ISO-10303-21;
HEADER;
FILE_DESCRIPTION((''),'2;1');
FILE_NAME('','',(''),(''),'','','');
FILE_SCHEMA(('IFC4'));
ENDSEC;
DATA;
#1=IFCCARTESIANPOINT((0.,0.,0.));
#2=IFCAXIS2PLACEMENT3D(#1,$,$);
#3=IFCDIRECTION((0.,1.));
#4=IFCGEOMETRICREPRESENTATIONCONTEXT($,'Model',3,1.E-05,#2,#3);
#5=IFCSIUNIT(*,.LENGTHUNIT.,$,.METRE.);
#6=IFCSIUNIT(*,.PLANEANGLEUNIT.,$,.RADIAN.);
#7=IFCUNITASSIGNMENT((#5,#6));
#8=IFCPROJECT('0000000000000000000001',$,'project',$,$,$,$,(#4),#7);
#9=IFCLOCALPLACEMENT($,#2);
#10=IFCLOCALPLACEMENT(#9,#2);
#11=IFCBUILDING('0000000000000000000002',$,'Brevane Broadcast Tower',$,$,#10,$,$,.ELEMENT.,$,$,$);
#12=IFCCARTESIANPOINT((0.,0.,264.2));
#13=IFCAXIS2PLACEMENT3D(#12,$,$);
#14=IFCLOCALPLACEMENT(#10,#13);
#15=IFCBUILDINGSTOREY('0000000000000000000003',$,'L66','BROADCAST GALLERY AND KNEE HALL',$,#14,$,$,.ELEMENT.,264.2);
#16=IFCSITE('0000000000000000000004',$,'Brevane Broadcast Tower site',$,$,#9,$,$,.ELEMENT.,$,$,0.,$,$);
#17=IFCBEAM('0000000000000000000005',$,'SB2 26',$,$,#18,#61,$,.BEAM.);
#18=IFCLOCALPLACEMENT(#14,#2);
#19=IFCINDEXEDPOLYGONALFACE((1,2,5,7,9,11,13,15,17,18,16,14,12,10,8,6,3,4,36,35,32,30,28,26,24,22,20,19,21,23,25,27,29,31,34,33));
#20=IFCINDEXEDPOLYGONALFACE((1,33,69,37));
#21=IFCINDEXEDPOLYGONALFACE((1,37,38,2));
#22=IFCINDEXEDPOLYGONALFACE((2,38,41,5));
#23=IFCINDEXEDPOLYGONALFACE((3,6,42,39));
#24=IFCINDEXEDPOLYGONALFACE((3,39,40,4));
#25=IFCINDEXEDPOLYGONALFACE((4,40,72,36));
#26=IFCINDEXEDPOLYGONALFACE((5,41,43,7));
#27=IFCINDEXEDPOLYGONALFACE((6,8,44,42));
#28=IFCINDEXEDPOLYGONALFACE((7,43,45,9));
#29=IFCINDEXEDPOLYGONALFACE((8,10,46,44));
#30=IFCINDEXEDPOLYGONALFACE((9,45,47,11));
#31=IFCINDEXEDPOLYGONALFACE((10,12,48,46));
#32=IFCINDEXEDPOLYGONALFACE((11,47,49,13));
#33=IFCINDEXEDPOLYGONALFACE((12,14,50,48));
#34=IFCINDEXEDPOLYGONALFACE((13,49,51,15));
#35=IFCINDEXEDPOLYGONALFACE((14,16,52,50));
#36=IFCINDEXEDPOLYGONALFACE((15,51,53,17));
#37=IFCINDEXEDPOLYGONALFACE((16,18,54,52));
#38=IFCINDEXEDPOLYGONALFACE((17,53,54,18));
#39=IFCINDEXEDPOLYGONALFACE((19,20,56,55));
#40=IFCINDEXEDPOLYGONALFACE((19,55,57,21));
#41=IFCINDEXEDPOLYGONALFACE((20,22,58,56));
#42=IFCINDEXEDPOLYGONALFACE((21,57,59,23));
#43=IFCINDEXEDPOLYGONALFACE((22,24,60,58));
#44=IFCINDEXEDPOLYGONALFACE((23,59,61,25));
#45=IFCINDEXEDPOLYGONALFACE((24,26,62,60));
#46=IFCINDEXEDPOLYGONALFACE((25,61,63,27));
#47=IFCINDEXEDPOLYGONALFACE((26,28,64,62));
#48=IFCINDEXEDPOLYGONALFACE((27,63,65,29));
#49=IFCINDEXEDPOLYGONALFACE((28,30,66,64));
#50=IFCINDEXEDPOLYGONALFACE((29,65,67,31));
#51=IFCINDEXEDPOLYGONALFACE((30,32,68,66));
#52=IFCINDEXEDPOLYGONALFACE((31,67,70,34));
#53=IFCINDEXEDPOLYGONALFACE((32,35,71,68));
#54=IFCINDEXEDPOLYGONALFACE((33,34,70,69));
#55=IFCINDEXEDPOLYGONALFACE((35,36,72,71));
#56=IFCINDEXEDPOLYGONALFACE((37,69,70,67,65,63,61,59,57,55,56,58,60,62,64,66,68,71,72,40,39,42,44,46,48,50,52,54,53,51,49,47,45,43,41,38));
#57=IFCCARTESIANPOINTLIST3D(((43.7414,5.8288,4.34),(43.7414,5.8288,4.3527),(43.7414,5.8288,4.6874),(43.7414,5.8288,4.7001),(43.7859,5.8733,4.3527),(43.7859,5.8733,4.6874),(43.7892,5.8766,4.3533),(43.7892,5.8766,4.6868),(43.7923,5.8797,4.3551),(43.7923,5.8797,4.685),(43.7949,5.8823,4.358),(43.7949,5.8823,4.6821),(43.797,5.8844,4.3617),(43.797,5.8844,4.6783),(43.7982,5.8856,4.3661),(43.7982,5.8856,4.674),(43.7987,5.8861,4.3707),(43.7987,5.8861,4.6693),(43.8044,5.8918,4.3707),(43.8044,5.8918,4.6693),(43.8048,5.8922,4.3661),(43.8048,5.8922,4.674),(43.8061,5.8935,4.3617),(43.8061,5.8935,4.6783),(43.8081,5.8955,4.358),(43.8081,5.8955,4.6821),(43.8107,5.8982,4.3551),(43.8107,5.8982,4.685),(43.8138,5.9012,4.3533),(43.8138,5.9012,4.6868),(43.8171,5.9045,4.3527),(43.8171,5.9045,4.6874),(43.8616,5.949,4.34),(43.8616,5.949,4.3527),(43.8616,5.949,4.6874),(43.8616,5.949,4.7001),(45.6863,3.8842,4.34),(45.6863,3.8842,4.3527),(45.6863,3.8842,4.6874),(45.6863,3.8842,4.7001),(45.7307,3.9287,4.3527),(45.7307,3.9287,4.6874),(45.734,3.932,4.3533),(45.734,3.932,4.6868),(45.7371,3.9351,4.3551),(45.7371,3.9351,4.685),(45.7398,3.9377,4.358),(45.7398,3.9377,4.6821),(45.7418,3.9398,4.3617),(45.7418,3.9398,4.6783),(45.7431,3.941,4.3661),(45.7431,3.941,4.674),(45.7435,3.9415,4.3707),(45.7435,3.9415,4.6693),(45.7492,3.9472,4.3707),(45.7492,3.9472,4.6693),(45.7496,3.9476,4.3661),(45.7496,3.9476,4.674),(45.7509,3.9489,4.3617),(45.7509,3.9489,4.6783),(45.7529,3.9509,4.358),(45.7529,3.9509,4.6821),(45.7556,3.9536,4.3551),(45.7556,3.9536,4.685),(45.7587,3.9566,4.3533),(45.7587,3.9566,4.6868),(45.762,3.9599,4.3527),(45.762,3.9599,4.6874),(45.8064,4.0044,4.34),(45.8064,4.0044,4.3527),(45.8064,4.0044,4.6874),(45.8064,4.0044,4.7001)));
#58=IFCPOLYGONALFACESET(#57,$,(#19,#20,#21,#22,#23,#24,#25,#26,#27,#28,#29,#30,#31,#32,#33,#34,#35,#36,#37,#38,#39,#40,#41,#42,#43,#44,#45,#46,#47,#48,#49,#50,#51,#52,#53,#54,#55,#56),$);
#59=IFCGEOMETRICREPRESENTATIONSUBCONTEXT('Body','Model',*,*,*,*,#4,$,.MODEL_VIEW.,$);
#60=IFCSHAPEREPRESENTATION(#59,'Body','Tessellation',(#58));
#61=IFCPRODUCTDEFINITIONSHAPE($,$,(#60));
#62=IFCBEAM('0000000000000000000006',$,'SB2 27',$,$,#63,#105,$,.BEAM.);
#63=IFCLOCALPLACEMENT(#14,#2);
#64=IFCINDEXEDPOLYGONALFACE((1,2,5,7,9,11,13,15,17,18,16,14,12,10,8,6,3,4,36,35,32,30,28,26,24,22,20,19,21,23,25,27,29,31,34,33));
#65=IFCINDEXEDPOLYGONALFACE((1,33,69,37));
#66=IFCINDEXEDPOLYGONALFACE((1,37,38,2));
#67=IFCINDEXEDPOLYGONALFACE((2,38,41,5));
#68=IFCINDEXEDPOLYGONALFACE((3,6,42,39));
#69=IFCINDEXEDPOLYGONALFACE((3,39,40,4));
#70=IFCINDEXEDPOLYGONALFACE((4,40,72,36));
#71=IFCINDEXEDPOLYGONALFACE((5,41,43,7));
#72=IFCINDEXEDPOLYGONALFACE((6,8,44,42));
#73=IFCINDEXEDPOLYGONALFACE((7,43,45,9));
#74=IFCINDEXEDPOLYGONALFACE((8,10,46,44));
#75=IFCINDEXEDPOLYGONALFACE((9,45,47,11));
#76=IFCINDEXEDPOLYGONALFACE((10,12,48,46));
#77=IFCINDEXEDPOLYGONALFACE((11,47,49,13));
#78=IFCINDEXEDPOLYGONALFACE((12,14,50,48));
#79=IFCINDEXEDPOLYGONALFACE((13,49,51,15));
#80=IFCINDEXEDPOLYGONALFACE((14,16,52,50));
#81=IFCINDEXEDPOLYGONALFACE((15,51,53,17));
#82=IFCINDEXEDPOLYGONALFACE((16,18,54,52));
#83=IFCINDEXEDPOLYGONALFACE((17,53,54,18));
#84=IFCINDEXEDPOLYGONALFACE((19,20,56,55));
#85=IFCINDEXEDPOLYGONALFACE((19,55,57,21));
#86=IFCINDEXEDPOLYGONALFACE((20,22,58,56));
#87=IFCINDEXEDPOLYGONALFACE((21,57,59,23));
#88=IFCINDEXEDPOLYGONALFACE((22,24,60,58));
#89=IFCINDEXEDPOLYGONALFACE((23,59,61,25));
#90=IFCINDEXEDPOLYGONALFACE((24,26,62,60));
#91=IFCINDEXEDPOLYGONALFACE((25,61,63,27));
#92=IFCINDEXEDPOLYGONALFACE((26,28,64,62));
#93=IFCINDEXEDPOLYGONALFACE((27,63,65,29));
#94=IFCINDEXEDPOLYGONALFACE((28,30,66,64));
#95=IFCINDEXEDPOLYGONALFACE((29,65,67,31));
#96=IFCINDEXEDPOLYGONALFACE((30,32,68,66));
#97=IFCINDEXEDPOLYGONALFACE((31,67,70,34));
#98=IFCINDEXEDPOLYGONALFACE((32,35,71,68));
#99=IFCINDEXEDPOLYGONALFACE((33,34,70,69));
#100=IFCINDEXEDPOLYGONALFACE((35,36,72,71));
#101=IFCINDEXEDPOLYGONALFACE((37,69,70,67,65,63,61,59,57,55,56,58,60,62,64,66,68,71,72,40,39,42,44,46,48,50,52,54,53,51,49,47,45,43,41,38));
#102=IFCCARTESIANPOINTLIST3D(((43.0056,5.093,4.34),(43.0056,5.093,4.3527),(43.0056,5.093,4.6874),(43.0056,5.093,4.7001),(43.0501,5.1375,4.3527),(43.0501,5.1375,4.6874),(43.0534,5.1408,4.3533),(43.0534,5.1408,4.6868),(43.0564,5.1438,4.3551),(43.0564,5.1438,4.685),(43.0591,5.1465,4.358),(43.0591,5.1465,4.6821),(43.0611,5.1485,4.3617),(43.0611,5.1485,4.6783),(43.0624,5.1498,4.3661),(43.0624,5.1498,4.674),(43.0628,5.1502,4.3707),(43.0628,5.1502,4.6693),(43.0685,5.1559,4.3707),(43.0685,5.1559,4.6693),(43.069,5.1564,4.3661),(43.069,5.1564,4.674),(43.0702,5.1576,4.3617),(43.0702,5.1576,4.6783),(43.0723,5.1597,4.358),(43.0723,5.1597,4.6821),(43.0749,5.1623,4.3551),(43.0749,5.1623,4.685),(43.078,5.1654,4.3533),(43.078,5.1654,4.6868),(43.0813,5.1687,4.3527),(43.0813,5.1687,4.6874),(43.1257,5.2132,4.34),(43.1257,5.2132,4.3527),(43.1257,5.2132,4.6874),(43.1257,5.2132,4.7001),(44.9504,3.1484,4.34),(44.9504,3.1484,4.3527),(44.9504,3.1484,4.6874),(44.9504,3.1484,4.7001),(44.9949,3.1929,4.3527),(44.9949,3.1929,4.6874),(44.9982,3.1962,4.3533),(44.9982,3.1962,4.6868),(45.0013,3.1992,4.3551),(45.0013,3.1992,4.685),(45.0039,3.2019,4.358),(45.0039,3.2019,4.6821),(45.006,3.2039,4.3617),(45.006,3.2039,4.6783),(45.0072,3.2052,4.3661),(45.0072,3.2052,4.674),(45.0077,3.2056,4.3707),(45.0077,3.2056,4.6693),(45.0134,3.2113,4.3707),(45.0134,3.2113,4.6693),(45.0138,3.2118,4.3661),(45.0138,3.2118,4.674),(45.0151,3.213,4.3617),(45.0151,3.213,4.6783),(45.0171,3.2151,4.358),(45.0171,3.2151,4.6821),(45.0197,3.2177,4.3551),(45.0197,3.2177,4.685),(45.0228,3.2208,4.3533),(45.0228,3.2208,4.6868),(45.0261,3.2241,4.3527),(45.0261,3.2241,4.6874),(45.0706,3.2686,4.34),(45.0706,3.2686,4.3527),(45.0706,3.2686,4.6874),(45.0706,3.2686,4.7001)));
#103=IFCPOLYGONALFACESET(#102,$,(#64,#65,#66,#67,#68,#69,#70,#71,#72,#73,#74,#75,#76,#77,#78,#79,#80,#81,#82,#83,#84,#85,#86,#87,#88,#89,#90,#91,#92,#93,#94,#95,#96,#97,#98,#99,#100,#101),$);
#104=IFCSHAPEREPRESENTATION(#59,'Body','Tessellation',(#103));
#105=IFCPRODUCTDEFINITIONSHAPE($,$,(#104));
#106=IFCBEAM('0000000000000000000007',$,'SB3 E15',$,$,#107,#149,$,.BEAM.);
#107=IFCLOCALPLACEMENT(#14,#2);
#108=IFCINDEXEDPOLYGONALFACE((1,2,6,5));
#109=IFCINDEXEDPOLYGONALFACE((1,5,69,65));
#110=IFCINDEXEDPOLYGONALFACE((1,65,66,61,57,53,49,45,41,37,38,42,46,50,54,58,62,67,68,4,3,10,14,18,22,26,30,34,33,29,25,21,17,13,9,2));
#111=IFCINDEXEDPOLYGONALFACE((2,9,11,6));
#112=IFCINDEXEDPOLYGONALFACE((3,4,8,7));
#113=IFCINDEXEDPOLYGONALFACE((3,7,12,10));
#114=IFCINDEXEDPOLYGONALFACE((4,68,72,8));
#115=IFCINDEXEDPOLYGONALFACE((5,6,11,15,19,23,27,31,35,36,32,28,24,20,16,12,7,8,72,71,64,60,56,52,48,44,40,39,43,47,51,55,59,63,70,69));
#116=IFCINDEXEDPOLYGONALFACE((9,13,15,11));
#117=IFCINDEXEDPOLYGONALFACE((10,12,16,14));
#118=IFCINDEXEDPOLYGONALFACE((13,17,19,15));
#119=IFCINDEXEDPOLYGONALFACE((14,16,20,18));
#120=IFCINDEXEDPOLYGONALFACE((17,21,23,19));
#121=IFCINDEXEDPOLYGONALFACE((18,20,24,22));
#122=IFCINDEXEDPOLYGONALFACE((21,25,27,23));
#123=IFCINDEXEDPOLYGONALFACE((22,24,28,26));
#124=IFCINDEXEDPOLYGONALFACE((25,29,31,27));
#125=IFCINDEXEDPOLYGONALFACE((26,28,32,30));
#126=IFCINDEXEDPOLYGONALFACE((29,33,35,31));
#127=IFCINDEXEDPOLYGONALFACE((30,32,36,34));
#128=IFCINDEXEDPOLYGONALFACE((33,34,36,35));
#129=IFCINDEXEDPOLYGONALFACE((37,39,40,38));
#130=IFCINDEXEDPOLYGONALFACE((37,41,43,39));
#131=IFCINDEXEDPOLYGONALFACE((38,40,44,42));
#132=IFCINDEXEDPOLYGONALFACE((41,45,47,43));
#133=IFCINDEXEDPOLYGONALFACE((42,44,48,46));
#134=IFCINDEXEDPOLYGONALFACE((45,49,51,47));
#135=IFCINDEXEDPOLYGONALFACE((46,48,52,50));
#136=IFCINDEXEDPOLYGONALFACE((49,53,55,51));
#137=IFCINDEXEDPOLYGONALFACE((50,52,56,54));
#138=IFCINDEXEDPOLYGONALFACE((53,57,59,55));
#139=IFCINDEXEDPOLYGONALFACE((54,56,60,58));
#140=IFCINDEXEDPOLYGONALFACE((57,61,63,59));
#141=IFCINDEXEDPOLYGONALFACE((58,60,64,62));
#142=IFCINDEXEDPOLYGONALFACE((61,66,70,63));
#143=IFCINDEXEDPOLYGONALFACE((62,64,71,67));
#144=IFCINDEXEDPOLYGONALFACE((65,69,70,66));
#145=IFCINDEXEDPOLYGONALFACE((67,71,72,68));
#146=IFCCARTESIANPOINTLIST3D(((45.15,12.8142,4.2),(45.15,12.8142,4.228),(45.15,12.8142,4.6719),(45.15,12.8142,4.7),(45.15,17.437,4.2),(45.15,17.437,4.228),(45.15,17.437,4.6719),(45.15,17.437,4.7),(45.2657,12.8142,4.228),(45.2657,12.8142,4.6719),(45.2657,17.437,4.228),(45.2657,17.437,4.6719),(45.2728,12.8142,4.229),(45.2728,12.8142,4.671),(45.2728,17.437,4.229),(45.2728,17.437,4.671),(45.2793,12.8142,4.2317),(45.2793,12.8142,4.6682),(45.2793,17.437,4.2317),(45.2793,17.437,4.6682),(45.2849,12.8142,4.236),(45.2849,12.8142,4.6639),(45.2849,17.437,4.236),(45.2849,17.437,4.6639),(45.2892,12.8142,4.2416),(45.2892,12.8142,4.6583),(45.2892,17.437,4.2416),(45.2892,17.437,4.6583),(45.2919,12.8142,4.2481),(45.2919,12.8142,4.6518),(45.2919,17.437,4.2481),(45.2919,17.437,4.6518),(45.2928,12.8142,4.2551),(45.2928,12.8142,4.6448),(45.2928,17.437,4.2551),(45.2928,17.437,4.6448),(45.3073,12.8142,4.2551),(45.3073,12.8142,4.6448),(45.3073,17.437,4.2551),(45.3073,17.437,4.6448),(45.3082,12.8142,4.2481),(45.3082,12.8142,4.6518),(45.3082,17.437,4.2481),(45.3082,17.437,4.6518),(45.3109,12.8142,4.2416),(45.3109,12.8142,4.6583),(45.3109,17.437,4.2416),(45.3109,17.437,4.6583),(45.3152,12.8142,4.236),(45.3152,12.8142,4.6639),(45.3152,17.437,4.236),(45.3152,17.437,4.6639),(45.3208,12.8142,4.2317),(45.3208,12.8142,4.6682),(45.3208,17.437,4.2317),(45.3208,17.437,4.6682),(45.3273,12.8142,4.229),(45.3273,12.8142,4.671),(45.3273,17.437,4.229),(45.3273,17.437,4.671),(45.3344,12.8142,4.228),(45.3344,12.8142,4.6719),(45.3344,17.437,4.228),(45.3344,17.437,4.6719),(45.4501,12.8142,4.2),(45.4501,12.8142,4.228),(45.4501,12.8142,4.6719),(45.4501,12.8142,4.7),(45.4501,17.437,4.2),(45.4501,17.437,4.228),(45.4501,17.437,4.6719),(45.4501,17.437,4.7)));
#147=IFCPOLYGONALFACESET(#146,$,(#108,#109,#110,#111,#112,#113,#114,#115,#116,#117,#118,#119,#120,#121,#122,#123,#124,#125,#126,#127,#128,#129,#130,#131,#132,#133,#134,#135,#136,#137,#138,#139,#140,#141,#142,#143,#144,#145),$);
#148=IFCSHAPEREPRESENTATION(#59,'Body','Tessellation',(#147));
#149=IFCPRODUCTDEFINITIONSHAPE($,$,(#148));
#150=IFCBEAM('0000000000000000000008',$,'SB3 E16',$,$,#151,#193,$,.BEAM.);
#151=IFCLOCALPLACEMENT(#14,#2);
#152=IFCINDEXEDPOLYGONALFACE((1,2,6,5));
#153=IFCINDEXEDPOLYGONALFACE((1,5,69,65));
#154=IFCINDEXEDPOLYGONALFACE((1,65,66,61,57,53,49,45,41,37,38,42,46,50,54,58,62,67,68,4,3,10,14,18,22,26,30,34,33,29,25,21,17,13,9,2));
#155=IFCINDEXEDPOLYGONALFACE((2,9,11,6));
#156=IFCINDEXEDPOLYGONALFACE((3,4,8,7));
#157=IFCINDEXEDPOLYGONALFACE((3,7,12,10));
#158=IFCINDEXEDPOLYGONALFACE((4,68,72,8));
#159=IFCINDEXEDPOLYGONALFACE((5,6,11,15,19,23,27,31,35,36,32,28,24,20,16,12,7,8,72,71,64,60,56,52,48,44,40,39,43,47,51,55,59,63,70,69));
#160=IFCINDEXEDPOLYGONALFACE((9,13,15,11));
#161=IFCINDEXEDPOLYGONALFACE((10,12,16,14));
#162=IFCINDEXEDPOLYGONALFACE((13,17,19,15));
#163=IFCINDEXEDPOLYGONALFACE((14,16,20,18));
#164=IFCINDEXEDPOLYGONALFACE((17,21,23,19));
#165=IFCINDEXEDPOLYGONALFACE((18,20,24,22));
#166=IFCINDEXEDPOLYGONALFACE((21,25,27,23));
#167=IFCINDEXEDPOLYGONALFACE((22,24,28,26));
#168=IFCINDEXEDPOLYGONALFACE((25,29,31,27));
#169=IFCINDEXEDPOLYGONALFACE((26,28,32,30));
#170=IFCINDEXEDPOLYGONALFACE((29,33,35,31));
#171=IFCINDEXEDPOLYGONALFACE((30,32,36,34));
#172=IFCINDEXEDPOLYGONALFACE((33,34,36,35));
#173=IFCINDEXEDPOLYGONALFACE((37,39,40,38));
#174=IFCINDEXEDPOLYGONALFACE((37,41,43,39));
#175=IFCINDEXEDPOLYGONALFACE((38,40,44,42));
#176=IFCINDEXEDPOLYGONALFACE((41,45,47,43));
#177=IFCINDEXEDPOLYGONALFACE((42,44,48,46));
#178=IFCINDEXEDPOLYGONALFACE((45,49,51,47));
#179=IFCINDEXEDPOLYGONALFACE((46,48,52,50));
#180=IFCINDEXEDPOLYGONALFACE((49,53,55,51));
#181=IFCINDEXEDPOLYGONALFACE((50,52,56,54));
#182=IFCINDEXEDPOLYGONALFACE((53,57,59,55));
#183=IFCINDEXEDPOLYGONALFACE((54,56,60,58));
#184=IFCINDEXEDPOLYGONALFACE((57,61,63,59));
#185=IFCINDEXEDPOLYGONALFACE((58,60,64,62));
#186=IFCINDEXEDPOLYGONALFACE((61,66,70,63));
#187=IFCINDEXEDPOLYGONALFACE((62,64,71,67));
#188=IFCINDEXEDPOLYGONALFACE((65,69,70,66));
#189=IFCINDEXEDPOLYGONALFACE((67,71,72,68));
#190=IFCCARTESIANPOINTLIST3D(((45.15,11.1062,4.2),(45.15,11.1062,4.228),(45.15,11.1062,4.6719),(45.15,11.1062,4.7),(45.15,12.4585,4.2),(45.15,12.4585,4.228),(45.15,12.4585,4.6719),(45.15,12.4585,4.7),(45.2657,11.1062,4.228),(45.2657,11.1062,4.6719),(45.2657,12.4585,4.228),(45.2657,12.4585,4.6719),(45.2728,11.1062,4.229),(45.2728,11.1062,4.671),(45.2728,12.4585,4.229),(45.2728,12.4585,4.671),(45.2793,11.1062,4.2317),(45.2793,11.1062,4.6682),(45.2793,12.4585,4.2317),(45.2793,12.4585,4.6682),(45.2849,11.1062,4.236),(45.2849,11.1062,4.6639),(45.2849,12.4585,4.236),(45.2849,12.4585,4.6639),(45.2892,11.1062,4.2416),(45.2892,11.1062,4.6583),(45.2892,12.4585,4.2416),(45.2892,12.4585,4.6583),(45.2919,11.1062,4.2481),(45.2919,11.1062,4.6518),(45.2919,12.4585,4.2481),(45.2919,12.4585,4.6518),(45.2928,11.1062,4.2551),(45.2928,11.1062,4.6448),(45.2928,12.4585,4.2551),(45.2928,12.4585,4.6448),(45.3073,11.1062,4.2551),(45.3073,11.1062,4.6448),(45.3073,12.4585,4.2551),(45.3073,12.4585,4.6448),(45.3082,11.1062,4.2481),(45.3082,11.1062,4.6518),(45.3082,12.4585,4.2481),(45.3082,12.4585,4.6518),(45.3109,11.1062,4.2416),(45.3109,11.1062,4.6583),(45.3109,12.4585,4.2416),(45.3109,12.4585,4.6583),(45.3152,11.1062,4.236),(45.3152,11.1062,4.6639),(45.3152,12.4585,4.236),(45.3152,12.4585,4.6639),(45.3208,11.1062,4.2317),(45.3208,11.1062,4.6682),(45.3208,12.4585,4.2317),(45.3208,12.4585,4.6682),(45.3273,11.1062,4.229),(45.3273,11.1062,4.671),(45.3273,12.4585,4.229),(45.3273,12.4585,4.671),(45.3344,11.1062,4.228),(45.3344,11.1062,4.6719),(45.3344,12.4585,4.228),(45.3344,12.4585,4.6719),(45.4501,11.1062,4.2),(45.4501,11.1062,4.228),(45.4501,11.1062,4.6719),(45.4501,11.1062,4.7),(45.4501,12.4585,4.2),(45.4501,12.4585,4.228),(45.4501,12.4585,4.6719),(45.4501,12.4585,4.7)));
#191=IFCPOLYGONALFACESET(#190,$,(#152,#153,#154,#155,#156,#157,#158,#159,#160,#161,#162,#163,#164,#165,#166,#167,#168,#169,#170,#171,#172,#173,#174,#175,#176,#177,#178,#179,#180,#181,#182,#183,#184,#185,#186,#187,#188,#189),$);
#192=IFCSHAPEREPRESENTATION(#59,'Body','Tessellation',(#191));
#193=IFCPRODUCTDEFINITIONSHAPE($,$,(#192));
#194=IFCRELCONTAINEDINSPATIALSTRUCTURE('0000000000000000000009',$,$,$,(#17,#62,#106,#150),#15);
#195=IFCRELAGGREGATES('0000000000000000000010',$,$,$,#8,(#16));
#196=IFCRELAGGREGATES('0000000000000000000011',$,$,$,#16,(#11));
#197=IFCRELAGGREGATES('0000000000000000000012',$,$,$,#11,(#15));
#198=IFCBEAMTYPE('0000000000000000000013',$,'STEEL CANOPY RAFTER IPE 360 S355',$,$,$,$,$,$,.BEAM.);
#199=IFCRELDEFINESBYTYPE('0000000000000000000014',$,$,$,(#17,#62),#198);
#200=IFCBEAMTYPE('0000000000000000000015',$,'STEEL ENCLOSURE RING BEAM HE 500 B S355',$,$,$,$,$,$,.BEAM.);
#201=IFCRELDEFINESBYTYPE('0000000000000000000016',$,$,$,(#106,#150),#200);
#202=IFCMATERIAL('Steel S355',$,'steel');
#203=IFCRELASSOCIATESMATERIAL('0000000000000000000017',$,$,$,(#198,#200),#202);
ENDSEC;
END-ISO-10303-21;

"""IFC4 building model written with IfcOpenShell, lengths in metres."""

from ifc_helpers import new_model, si_unit, direction, frame, origin, origin_2d, place, context, subcontext, project, spatial, i_section, extrude, material, material_profile, profile_set, type_object, element, save


model = new_model("IFC4")

# Units and contexts
model_context = context("Model", 3, precision=1e-05, world=origin(), true_north=direction((0.0, 1.0)))
body_context = subcontext(model_context, "Body", "Model", "MODEL_VIEW")
ifc_project = project(units=[si_unit("LENGTHUNIT", "METRE"), si_unit("PLANEANGLEUNIT", "RADIAN")], contexts=[model_context])

# Site, building, storey
site_placement = place(None, origin())
site = spatial("IfcSite", under=ifc_project, at=site_placement, Name="Brevane Broadcast Tower site", CompositionType="ELEMENT", RefElevation=0.0)
building_placement = place(site_placement, origin())
building = spatial("IfcBuilding", under=site, at=building_placement, Name="Brevane Broadcast Tower", CompositionType="ELEMENT")
storey_placement = place(building_placement, frame((0.0, 0.0, 264.2)))
storey = spatial("IfcBuildingStorey", under=building, at=storey_placement, Name="L66", Description="BROADCAST GALLERY AND KNEE HALL", CompositionType="ELEMENT", Elevation=264.2)

# Shared definitions
ifc_material_1 = material(Name="Steel S355", Category="steel")

# Beams
ifc_material_profile_1 = material_profile(ifc_material_1, i_section(OverallWidth=0.1699, OverallDepth=0.3601, WebThickness=0.0081, FlangeThickness=0.0127, FilletRadius=0.0181, at=origin_2d()), Name="IPE 360")
ifc_profile_set_1 = profile_set([ifc_material_profile_1], Name="Steel S355")
beam_type_1 = type_object("IfcBeamType", Name="STEEL CANOPY RAFTER IPE 360 S355", PredefinedType="BEAM", material=ifc_profile_set_1)
for number, where, z_axis, x_axis, name in (
    (1, (43.8015, 5.8889, 4.52), (0.707151, -0.707062, 0.0), (0.707062, 0.707151, 0.0), "SB2 26"),
    (2, (43.0657, 5.1531, 4.52), (0.707151, -0.707062, 0.0), (0.707062, 0.707151, 0.0), "SB2 27"),
):
    element("IfcBeam", number, at=place(storey_placement, frame(where, z_axis=z_axis, x_axis=x_axis)), inside=storey, type_object=beam_type_1, Name=name, PredefinedType="BEAM", context=body_context, shape_type="SweptSolid", body=[
        extrude(i_section(OverallWidth=0.1699, OverallDepth=0.3601, WebThickness=0.0081, FlangeThickness=0.0127, FilletRadius=0.0181, at=origin_2d()), origin(), (0.0, 0.0, 1.0), 2.7502),
    ])
ifc_material_profile_2 = material_profile(ifc_material_1, i_section(OverallWidth=0.3, OverallDepth=0.5, WebThickness=0.0144, FlangeThickness=0.0281, FilletRadius=0.0271, at=origin_2d()), Name="HE 500 B")
ifc_profile_set_2 = profile_set([ifc_material_profile_2], Name="Steel S355")
beam_type_2 = type_object("IfcBeamType", Name="STEEL ENCLOSURE RING BEAM HE 500 B S355", PredefinedType="BEAM", material=ifc_profile_set_2)
beam_1_placement = place(storey_placement, frame((45.3, 17.437, 4.45), z_axis=(0.0, -1.0, 0.0), x_axis=(1.0, 0.0, 0.0)))
element("IfcBeam", 3, at=beam_1_placement, inside=storey, type_object=beam_type_2, Name="SB3 E15", PredefinedType="BEAM", context=body_context, shape_type="SweptSolid", body=[
    extrude(i_section(OverallWidth=0.3, OverallDepth=0.5, WebThickness=0.0144, FlangeThickness=0.0281, FilletRadius=0.0271, at=origin_2d()), origin(), (0.0, 0.0, 1.0), 4.6228),
])
beam_2_placement = place(storey_placement, frame((45.3, 12.4585, 4.45), z_axis=(0.0, -1.0, 0.0), x_axis=(1.0, 0.0, 0.0)))
element("IfcBeam", 4, at=beam_2_placement, inside=storey, type_object=beam_type_2, Name="SB3 E16", PredefinedType="BEAM", context=body_context, shape_type="SweptSolid", body=[
    extrude(i_section(OverallWidth=0.3, OverallDepth=0.5, WebThickness=0.0144, FlangeThickness=0.0281, FilletRadius=0.0271, at=origin_2d()), origin(), (0.0, 0.0, 1.0), 1.3523),
])

save(model, "model.ifc")
